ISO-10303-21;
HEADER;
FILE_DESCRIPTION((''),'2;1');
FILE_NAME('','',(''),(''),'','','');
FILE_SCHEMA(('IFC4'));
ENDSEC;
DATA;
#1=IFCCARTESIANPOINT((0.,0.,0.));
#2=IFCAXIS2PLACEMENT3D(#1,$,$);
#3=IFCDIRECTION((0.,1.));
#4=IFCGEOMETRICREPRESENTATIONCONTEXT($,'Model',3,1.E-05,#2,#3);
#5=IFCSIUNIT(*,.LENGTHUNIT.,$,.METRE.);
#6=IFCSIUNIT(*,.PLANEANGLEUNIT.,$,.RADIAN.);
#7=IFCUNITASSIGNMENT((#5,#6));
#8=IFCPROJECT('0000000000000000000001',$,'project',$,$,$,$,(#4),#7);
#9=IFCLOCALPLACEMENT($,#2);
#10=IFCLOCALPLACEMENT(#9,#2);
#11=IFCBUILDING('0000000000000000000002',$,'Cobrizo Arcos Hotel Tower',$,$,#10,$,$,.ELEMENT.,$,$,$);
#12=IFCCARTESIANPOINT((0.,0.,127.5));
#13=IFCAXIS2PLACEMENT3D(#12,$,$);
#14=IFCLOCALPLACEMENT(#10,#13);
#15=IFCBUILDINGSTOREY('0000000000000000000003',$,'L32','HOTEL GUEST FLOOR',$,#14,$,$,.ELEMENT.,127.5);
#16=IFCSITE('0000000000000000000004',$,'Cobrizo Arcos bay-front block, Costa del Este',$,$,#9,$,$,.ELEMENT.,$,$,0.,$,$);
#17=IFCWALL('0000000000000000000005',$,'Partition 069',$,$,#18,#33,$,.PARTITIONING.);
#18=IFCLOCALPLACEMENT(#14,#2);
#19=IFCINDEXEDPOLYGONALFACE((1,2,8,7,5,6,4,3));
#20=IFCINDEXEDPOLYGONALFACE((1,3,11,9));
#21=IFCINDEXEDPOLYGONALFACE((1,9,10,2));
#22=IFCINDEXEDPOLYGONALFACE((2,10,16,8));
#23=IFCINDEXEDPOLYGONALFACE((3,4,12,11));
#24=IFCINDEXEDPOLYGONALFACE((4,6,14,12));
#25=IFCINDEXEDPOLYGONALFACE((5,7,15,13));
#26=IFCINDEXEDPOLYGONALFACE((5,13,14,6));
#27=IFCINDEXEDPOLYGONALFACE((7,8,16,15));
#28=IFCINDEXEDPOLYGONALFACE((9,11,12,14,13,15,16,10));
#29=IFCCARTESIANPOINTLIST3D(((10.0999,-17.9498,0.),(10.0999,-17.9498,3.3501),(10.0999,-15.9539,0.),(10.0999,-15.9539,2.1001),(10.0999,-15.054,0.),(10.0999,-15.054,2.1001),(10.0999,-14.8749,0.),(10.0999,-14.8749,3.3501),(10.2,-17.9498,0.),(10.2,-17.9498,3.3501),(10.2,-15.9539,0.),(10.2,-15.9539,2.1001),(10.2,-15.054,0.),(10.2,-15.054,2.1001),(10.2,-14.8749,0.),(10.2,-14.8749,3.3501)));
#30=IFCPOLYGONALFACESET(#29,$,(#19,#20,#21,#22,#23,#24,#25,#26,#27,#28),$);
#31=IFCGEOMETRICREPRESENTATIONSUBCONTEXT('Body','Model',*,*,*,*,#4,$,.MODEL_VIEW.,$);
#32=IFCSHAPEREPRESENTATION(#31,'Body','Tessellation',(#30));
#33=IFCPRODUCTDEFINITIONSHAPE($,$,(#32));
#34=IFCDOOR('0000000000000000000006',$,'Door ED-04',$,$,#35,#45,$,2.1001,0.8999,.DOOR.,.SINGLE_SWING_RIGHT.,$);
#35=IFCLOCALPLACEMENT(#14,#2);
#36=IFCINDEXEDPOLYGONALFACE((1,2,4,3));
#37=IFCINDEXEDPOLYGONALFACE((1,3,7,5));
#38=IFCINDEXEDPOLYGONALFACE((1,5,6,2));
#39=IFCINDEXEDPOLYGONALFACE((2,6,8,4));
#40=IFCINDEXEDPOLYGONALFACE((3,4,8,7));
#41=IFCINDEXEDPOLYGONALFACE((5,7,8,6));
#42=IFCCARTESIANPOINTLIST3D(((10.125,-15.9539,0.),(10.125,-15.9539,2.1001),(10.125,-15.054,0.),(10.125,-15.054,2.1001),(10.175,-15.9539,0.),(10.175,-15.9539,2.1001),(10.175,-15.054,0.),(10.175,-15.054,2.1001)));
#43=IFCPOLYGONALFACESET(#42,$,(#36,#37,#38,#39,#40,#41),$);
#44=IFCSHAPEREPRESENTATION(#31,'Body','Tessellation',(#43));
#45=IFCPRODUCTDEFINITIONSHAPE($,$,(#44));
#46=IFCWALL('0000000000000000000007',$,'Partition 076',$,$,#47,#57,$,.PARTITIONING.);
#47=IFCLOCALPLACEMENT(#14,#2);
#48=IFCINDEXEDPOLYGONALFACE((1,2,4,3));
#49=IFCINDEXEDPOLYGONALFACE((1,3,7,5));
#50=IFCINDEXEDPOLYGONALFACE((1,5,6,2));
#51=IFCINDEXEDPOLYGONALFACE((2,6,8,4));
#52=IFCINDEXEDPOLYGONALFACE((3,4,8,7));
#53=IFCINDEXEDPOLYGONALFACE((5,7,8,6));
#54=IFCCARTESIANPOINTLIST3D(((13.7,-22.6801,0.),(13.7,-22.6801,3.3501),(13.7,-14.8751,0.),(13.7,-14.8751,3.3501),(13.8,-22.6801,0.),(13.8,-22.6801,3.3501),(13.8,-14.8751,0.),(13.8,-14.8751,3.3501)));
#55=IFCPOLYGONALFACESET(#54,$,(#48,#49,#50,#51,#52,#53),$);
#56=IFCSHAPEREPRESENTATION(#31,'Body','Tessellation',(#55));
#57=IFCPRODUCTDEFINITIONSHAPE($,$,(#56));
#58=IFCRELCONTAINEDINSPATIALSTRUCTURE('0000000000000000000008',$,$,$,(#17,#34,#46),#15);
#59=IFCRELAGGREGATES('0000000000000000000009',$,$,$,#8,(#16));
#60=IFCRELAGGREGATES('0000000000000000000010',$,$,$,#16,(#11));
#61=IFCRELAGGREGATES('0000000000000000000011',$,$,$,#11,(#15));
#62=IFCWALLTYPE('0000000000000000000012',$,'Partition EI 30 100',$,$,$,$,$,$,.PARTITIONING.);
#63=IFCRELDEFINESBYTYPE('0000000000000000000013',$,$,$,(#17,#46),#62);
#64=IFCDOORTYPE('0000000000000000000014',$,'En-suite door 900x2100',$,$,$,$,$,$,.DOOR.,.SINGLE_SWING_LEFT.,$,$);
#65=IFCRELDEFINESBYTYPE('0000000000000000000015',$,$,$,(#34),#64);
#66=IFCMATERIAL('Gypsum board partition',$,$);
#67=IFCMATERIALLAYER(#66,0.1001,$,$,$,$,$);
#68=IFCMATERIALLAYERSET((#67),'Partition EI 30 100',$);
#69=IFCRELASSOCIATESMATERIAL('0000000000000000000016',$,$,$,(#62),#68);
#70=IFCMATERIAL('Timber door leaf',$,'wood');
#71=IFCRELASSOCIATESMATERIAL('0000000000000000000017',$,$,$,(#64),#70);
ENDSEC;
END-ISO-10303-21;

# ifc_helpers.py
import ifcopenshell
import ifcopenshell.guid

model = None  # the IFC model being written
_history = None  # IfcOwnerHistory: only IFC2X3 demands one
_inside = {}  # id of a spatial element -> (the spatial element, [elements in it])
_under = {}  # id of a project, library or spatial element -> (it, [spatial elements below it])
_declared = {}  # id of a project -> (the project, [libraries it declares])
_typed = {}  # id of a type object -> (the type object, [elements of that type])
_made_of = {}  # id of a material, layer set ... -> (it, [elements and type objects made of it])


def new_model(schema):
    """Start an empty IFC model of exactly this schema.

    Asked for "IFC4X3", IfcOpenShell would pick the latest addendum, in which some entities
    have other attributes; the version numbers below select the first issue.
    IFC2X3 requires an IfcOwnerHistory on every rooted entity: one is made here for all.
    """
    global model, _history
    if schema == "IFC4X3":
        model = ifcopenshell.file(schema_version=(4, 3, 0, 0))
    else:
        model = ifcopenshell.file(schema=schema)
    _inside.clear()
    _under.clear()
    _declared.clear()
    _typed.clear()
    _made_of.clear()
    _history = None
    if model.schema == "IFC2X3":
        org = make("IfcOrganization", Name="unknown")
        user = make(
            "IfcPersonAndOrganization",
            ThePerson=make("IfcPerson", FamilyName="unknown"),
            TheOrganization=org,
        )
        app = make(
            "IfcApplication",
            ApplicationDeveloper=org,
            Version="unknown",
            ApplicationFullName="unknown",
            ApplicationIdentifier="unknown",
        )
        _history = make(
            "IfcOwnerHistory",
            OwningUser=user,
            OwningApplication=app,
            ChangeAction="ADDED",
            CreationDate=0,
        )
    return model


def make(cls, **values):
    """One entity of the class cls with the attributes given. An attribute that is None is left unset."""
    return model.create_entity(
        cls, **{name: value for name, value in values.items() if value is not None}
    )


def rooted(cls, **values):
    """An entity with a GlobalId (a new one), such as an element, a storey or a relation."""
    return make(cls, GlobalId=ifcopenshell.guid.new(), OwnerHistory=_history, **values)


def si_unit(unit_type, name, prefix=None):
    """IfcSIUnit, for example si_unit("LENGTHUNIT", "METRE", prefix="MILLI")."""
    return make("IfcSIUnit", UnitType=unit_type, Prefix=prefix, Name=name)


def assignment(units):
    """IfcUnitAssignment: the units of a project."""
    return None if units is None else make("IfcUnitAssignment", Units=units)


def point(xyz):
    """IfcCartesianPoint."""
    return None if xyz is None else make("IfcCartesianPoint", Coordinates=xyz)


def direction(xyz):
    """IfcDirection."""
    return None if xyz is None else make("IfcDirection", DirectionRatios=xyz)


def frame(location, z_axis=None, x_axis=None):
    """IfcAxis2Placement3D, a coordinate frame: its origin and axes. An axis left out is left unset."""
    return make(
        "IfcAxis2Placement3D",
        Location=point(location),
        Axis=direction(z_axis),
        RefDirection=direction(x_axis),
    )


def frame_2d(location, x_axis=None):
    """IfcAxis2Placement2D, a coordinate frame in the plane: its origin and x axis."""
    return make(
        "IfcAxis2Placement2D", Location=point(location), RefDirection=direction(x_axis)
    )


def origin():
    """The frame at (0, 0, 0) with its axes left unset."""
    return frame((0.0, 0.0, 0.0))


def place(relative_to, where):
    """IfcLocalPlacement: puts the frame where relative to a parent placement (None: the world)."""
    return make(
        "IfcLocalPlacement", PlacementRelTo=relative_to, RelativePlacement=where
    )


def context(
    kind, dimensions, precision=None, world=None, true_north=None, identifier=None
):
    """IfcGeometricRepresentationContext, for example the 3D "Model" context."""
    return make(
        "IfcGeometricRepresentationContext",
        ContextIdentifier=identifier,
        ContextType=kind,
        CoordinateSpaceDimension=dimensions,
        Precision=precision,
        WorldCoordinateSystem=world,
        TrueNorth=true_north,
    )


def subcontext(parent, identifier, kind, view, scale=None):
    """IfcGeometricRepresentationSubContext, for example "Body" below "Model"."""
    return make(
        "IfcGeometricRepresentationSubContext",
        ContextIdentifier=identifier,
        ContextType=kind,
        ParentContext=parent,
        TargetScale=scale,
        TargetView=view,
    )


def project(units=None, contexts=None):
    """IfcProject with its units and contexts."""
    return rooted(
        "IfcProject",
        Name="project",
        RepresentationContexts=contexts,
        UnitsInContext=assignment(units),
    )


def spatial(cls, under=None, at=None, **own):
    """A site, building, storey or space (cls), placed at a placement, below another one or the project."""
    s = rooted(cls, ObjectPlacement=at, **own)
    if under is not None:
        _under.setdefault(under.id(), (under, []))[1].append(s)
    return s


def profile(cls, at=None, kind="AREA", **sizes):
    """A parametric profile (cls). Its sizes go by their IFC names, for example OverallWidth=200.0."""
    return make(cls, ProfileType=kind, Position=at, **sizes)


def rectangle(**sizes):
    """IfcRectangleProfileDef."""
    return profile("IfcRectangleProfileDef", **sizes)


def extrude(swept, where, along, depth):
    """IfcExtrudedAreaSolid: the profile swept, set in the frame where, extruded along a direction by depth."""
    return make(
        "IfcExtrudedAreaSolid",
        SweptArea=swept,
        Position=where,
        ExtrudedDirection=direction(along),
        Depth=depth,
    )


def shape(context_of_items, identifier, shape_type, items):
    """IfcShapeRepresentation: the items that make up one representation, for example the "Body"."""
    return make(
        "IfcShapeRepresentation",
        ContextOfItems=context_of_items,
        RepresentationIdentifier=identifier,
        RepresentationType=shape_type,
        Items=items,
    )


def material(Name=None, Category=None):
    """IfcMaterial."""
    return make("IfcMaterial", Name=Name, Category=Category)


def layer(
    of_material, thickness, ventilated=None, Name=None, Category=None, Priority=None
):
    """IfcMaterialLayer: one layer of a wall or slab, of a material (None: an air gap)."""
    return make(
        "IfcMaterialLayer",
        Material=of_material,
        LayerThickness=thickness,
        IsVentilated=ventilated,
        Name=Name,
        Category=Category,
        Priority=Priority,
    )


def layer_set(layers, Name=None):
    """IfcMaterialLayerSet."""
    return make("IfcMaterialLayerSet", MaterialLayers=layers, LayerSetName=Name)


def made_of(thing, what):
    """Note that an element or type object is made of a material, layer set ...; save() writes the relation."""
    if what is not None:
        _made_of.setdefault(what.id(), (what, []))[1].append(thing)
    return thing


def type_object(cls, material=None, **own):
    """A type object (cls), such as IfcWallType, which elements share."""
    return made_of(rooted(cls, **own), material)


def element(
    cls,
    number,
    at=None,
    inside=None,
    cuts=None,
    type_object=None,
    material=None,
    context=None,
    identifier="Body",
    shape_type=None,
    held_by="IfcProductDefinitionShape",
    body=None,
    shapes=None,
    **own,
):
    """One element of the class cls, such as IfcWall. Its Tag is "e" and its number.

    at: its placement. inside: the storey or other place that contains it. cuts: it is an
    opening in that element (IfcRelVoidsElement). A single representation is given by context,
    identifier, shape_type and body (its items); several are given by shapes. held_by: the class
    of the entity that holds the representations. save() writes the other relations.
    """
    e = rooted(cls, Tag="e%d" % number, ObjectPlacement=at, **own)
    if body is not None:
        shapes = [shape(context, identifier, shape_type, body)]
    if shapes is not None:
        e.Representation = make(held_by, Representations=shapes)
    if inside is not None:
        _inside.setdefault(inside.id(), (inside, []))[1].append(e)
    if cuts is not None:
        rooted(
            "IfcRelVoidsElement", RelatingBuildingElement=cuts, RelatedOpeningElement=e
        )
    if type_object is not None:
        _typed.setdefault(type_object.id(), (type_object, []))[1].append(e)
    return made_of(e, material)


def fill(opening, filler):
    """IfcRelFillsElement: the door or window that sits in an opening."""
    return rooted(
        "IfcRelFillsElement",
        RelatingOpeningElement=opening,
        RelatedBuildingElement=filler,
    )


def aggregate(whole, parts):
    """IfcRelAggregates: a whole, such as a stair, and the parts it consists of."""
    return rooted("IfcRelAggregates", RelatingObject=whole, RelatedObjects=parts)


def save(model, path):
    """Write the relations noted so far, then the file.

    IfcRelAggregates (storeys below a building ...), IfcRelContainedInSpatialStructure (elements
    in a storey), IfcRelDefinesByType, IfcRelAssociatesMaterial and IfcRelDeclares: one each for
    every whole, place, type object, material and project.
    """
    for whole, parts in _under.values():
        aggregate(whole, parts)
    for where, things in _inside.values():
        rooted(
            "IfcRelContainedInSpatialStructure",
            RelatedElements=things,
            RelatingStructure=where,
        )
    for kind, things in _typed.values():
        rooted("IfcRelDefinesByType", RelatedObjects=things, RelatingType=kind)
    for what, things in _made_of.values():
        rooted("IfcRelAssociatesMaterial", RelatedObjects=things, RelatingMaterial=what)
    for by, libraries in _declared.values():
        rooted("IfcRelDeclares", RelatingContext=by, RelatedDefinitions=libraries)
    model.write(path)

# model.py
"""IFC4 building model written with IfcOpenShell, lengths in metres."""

from ifc_helpers import new_model, si_unit, direction, frame, frame_2d, origin, place, context, subcontext, project, spatial, rectangle, extrude, material, layer, layer_set, type_object, element, fill, save


model = new_model("IFC4")

# Units and contexts
model_context = context("Model", 3, precision=1e-05, world=origin(), true_north=direction((0.0, 1.0)))
body_context = subcontext(model_context, "Body", "Model", "MODEL_VIEW")
ifc_project = project(units=[si_unit("LENGTHUNIT", "METRE"), si_unit("PLANEANGLEUNIT", "RADIAN")], contexts=[model_context])

# Site, building, storey
site_placement = place(None, origin())
site = spatial("IfcSite", under=ifc_project, at=site_placement, Name="Cobrizo Arcos bay-front block, Costa del Este", CompositionType="ELEMENT", RefElevation=0.0)
building_placement = place(site_placement, origin())
building = spatial("IfcBuilding", under=site, at=building_placement, Name="Cobrizo Arcos Hotel Tower", CompositionType="ELEMENT")
storey_placement = place(building_placement, frame((0.0, 0.0, 127.5)))
storey = spatial("IfcBuildingStorey", under=building, at=storey_placement, Name="L32", Description="HOTEL GUEST FLOOR", CompositionType="ELEMENT", Elevation=127.5)

# Shared definitions
ifc_material_1 = material(Name="Gypsum board partition")
ifc_layer_1 = layer(ifc_material_1, 0.1001)
ifc_layer_set_1 = layer_set([ifc_layer_1], Name="Partition EI 30 100")
wall_type = type_object("IfcWallType", Name="Partition EI 30 100", PredefinedType="PARTITIONING", material=ifc_layer_set_1)

# Wall, opening, door
wall_1_placement = place(storey_placement, frame((10.1499, -17.95, 0.0), z_axis=(0.0, 0.0, 1.0), x_axis=(0.0, 1.0, 0.0)))
wall_1 = element("IfcWall", 1, at=wall_1_placement, inside=storey, type_object=wall_type, Name="Partition 069", PredefinedType="PARTITIONING", context=body_context, shape_type="SweptSolid", body=[
    extrude(rectangle(XDim=3.075, YDim=0.1001, at=frame_2d((1.5376, 0.0))), origin(), (0.0, 0.0, 1.0), 3.3501),
])
opening_placement = place(wall_1_placement, frame((1.9961, 0.0, 0.0)))
opening = element("IfcOpeningElement", 2, at=opening_placement, cuts=wall_1, PredefinedType="OPENING", context=body_context, shape_type="SweptSolid", body=[
    extrude(rectangle(XDim=0.8999, YDim=2.1001, at=frame_2d((0.45, 1.05))), frame((0.0, 0.062, 0.0), z_axis=(0.0, -1.0, 0.0), x_axis=(1.0, 0.0, 0.0)), (0.0, 0.0, 1.0), 0.124),
])
ifc_material_2 = material(Name="Timber door leaf", Category="wood")
door_type = type_object("IfcDoorType", Name="En-suite door 900x2100", OperationType="SINGLE_SWING_LEFT", PredefinedType="DOOR", material=ifc_material_2)
door_placement = place(opening_placement, origin())
door = element("IfcDoor", 3, at=door_placement, inside=storey, type_object=door_type, Name="Door ED-04", OperationType="SINGLE_SWING_RIGHT", OverallHeight=2.1001, OverallWidth=0.8999, PredefinedType="DOOR", context=body_context, shape_type="SweptSolid", body=[
    extrude(rectangle(XDim=0.8999, YDim=2.1001, at=frame_2d((0.45, 1.05))), frame((0.0, 0.0249, 0.0), z_axis=(0.0, -1.0, 0.0), x_axis=(1.0, 0.0, 0.0)), (0.0, 0.0, 1.0), 0.05),
])
fill(opening, door)

# Wall
wall_2_placement = place(storey_placement, frame((13.75, -22.6799, 0.0), z_axis=(0.0, 0.0, 1.0), x_axis=(0.0, 1.0, 0.0)))
element("IfcWall", 4, at=wall_2_placement, inside=storey, type_object=wall_type, Name="Partition 076", PredefinedType="PARTITIONING", context=body_context, shape_type="SweptSolid", body=[
    extrude(rectangle(XDim=7.8049, YDim=0.1001, at=frame_2d((3.9023, 0.0))), origin(), (0.0, 0.0, 1.0), 3.3501),
])

save(model, "model.ifc")
